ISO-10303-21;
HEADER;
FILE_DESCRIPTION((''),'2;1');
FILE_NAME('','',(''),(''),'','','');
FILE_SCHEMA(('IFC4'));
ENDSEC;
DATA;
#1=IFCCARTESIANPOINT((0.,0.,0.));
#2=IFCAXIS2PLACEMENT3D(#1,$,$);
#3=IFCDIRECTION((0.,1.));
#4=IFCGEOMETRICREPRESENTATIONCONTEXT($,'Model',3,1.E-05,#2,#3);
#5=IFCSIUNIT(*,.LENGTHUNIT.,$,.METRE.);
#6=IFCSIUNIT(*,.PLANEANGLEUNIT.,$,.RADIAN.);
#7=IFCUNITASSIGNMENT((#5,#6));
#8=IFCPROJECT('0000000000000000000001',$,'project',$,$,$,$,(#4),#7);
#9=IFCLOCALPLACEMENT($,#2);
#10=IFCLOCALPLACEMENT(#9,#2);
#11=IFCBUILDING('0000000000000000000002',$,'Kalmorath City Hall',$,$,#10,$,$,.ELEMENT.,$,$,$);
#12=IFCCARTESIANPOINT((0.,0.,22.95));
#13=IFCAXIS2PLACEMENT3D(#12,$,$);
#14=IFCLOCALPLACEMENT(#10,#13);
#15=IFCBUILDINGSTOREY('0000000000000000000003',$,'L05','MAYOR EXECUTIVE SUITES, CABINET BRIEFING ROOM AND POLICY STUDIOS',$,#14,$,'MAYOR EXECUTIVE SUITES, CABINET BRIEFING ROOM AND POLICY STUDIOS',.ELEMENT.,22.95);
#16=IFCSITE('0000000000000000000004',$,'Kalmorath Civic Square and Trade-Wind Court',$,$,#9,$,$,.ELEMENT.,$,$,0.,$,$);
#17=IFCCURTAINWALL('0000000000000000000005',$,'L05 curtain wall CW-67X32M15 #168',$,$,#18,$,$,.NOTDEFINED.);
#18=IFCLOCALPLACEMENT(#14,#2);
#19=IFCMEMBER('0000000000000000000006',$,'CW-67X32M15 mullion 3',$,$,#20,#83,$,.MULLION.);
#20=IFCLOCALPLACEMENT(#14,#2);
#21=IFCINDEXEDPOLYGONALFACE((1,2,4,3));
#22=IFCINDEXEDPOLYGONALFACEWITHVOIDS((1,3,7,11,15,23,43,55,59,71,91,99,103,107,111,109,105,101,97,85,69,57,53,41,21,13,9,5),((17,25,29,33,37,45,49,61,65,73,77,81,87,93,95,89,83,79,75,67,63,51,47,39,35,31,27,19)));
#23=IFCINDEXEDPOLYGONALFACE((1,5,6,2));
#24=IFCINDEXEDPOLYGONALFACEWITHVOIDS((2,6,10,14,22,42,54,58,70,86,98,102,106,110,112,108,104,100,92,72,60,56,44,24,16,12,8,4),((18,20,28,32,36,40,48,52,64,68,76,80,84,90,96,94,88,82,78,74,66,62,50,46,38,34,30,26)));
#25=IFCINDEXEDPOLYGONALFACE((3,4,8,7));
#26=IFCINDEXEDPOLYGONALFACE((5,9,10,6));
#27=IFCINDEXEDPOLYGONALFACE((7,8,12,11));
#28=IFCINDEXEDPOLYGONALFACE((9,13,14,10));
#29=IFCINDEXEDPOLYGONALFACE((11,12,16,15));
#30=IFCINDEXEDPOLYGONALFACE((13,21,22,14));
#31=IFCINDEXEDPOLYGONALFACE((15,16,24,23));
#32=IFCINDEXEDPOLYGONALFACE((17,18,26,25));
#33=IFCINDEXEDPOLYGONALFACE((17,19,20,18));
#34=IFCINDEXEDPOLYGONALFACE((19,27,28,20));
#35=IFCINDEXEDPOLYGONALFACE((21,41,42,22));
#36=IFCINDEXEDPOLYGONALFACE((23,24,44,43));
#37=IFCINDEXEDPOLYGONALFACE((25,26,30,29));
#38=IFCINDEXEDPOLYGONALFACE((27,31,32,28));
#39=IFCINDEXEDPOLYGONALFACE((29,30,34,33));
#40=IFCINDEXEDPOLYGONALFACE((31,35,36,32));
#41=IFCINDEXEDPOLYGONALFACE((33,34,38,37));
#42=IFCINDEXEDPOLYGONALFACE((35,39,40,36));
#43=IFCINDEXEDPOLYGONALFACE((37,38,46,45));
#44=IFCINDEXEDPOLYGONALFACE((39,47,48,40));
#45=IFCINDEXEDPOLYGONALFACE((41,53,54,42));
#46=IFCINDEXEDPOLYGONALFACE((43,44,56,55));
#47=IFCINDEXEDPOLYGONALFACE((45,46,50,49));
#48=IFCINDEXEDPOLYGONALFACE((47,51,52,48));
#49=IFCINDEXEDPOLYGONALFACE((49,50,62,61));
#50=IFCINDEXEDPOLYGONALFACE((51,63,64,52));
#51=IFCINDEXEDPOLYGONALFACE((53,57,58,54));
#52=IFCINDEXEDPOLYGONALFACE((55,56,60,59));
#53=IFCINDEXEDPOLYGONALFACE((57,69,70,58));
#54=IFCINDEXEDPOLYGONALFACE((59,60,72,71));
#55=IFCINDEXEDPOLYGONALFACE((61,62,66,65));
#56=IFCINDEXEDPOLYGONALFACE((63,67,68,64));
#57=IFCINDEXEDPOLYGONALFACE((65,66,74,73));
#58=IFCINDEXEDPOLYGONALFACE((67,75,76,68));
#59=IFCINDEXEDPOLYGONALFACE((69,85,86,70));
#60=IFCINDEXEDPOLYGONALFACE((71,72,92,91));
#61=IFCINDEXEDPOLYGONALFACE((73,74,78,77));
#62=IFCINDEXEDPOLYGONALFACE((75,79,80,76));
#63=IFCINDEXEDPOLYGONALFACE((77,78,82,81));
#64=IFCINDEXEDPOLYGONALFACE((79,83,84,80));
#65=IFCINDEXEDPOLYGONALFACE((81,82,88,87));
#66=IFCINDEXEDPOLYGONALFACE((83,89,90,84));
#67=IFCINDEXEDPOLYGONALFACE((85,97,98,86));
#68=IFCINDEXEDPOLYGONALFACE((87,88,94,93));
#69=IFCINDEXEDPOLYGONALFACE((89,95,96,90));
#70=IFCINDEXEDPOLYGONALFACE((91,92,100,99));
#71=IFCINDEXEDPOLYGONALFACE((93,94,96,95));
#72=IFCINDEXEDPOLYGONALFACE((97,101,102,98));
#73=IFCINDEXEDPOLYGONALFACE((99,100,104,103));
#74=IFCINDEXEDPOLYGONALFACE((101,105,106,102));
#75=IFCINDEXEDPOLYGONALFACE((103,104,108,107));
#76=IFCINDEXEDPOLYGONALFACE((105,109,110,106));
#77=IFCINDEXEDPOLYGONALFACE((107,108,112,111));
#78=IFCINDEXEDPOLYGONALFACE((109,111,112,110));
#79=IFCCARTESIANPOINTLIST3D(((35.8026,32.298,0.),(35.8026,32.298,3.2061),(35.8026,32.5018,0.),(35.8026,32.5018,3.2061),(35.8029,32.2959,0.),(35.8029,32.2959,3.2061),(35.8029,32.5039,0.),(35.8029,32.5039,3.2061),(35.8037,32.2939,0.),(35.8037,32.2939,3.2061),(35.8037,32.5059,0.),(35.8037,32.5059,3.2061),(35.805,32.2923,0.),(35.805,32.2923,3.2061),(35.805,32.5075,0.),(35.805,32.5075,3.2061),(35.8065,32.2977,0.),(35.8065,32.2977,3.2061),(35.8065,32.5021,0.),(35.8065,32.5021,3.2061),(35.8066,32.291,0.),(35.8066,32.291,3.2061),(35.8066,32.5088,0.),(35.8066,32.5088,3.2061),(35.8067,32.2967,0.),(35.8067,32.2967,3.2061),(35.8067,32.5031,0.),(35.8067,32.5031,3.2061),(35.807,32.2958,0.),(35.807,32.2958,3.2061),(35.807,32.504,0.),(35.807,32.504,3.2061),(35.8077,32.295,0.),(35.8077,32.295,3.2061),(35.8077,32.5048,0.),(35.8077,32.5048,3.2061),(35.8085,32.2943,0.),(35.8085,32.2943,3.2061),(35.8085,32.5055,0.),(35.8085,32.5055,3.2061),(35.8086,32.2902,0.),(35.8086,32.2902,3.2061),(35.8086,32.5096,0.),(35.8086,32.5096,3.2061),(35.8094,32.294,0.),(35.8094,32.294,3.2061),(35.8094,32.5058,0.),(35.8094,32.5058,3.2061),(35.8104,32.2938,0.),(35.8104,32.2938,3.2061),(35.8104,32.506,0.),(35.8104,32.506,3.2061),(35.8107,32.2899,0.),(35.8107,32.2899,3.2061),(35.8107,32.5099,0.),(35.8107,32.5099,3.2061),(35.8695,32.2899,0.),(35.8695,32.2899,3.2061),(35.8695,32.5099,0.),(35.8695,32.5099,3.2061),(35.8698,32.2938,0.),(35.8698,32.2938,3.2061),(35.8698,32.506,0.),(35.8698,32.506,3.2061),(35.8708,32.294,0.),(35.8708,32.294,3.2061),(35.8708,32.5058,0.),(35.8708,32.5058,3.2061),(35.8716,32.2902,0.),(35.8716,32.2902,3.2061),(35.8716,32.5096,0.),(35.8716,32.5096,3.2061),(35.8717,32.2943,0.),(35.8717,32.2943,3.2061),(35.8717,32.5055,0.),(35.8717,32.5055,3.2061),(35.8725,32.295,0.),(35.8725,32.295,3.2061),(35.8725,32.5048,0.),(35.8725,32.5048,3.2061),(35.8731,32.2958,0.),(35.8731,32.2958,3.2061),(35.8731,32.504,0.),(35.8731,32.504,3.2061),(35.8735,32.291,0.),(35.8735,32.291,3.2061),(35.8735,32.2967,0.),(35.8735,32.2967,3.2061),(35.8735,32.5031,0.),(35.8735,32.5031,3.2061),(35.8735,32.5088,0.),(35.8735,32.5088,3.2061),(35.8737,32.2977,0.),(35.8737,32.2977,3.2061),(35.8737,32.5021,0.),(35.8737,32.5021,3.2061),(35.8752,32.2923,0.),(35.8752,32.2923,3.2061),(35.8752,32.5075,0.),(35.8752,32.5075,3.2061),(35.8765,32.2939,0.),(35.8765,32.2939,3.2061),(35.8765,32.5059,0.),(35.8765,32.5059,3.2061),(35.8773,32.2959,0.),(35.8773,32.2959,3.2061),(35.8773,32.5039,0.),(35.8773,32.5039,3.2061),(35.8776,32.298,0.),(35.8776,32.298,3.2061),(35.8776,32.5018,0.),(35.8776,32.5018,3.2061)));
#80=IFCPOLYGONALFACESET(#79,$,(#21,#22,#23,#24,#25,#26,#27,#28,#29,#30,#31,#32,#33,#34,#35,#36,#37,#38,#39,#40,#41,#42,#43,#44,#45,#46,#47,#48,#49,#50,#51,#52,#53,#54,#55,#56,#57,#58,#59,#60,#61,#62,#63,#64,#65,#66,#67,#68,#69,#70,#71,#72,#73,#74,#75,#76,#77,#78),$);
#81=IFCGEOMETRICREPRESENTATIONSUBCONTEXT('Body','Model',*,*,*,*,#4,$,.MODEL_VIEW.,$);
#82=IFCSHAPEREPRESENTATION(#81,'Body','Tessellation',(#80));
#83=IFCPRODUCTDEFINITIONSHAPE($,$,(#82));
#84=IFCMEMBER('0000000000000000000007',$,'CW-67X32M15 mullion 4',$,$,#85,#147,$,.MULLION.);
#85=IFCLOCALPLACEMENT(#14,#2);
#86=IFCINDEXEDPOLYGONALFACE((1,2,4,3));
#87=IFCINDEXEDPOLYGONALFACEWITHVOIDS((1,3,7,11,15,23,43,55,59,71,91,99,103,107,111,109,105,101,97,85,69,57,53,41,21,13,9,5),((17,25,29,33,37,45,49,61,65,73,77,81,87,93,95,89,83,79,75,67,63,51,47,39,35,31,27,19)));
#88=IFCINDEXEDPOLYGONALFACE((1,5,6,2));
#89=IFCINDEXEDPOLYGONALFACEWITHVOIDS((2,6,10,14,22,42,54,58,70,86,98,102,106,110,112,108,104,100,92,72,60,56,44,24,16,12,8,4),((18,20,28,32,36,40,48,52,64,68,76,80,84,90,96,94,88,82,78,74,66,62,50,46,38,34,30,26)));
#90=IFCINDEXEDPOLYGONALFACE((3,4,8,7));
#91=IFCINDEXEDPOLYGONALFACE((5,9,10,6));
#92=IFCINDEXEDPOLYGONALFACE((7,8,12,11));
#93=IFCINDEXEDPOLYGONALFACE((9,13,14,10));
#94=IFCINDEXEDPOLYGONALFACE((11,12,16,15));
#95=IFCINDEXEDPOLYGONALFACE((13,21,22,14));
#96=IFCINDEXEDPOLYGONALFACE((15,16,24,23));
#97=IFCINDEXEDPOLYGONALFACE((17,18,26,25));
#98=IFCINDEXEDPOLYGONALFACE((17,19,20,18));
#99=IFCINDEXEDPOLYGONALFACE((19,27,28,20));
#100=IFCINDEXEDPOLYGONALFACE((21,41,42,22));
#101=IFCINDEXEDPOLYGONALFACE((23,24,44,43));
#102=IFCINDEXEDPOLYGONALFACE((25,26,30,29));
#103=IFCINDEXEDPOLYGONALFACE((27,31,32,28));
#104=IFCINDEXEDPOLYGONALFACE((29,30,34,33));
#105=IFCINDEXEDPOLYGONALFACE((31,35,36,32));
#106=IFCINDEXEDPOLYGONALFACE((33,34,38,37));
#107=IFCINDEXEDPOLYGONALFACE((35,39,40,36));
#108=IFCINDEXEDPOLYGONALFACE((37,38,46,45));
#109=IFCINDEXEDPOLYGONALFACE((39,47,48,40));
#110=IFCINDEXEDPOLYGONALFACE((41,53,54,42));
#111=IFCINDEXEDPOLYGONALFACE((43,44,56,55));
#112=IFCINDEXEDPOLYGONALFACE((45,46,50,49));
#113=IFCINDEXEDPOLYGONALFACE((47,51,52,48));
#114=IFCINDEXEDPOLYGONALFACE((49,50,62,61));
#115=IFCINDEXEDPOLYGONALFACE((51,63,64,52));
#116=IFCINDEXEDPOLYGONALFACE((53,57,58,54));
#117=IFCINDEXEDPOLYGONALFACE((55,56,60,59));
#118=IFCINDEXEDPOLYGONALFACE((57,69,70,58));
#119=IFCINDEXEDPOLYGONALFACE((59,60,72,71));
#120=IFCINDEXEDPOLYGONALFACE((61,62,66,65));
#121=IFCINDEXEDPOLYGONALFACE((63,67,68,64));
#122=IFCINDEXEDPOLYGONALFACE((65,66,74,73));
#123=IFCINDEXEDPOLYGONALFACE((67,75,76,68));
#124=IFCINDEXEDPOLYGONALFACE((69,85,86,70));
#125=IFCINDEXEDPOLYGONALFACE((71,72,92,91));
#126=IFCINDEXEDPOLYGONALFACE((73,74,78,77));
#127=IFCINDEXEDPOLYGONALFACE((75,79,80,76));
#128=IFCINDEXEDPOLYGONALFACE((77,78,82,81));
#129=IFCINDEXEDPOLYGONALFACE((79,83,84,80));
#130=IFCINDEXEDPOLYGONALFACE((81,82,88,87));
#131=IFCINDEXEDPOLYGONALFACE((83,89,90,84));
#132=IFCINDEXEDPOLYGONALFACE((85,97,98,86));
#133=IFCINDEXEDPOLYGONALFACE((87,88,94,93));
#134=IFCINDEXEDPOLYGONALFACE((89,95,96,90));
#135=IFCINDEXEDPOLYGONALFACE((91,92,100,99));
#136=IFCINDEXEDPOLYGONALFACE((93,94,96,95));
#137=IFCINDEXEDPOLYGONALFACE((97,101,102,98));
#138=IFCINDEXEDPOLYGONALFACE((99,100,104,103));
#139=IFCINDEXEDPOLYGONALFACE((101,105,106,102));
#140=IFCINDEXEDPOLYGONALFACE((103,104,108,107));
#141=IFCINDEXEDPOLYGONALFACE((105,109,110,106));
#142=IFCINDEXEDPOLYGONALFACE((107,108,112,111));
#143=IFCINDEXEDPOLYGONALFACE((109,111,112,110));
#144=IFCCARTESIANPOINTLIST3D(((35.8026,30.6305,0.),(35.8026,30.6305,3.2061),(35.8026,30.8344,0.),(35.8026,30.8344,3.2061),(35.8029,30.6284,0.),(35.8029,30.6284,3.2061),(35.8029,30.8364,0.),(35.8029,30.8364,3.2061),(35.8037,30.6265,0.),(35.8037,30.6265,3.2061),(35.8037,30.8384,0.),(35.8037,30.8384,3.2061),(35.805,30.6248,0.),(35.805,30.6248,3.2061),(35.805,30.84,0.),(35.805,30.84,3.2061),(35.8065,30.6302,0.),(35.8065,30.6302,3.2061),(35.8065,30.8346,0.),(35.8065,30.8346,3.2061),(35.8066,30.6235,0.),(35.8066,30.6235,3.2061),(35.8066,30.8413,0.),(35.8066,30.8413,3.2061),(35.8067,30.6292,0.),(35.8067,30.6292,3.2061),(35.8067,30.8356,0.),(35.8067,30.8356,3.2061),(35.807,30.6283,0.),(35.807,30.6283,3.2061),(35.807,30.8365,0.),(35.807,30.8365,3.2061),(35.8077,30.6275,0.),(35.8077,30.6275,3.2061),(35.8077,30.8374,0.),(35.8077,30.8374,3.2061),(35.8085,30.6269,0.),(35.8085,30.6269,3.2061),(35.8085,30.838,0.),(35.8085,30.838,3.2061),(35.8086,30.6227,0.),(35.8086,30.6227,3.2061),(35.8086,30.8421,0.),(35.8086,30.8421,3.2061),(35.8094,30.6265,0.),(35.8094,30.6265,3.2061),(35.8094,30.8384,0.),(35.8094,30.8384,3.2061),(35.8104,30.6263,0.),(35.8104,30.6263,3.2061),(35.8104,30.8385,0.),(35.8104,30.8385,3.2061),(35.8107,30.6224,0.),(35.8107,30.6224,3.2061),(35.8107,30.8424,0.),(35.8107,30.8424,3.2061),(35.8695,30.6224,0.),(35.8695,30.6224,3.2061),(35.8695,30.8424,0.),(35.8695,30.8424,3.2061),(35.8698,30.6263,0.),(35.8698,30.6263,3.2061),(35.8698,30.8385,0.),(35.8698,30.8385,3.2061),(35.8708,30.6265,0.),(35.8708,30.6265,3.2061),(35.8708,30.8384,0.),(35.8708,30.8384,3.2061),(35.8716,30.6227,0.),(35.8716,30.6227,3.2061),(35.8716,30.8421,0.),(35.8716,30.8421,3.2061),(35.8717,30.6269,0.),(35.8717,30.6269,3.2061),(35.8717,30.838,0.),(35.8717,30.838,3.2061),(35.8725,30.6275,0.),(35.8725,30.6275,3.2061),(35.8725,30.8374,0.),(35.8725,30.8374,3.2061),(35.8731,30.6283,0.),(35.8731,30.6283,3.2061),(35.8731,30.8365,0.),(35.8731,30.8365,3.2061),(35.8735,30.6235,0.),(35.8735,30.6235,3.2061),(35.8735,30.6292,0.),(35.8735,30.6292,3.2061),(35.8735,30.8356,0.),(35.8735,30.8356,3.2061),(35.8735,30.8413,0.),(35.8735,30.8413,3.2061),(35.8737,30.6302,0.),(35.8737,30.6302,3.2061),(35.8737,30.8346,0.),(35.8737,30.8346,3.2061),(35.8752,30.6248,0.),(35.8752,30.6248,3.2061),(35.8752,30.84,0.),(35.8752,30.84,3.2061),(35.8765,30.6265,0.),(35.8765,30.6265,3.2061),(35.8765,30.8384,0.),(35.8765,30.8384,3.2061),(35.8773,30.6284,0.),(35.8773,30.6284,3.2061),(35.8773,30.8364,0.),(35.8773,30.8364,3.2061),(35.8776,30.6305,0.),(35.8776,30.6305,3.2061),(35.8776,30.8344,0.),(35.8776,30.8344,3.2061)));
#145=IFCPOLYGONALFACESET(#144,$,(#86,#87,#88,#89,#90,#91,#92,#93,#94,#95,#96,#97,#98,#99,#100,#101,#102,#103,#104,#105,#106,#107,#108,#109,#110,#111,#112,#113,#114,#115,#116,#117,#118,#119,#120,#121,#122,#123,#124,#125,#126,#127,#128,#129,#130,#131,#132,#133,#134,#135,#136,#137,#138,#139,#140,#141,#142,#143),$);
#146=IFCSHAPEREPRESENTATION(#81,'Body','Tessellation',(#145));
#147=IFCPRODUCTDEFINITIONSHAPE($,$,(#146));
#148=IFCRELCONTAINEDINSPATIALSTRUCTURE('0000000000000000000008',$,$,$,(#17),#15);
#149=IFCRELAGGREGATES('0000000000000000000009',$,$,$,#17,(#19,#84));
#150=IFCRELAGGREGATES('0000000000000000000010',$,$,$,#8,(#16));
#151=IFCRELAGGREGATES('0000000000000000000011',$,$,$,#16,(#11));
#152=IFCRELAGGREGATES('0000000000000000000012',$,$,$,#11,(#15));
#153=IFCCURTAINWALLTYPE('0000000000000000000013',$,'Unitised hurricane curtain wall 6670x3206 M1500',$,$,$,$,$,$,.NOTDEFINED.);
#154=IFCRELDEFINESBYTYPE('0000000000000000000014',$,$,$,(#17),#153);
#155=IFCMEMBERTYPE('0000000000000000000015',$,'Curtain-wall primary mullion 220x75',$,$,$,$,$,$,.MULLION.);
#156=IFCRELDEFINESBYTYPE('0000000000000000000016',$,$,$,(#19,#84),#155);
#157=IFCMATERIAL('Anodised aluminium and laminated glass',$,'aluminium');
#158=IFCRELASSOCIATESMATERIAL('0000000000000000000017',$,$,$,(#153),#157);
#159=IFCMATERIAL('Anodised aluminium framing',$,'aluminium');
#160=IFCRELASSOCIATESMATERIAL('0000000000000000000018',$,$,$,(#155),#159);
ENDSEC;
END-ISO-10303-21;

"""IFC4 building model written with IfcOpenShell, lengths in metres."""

from ifc_helpers import new_model, si_unit, direction, frame, origin, origin_2d, place, context, subcontext, project, spatial, hollow_rectangle, extrude, material, material_profile, profile_set, type_object, element, aggregate, save


model = new_model("IFC4")

# Units and contexts
model_context = context("Model", 3, precision=1e-05, world=origin(), true_north=direction((0.0, 1.0)))
body_context = subcontext(model_context, "Body", "Model", "MODEL_VIEW")
ifc_project = project(units=[si_unit("LENGTHUNIT", "METRE"), si_unit("PLANEANGLEUNIT", "RADIAN")], contexts=[model_context])

# Site, building, storey
site_placement = place(None, origin())
site = spatial("IfcSite", under=ifc_project, at=site_placement, Name="Kalmorath Civic Square and Trade-Wind Court", CompositionType="ELEMENT", RefElevation=0.0)
building_placement = place(site_placement, origin())
building = spatial("IfcBuilding", under=site, at=building_placement, Name="Kalmorath City Hall", CompositionType="ELEMENT")
storey_placement = place(building_placement, frame((0.0, 0.0, 22.95)))
storey = spatial("IfcBuildingStorey", under=building, at=storey_placement, Name="L05", Description="MAYOR EXECUTIVE SUITES, CABINET BRIEFING ROOM AND POLICY STUDIOS", LongName="MAYOR EXECUTIVE SUITES, CABINET BRIEFING ROOM AND POLICY STUDIOS", CompositionType="ELEMENT", Elevation=22.95)

# Curtain wall, members
ifc_material_1 = material(Name="Anodised aluminium and laminated glass", Category="aluminium")
curtain_wall_type = type_object("IfcCurtainWallType", Name="Unitised hurricane curtain wall 6670x3206 M1500", PredefinedType="NOTDEFINED", material=ifc_material_1)
curtain_wall_placement = place(storey_placement, origin())
curtain_wall = element("IfcCurtainWall", 1, at=curtain_wall_placement, inside=storey, type_object=curtain_wall_type, Name="L05 curtain wall CW-67X32M15 #168", PredefinedType="NOTDEFINED")
ifc_material_2 = material(Name="Anodised aluminium framing", Category="aluminium")
ifc_material_profile_1 = material_profile(ifc_material_2, hollow_rectangle(XDim=0.075, YDim=0.22, WallThickness=0.0039, InnerFilletRadius=0.0039, OuterFilletRadius=0.0081, at=origin_2d()), Name="ALU-MUL-220X75X4")
ifc_profile_set_1 = profile_set([ifc_material_profile_1], Name="Anodised aluminium framing")
member_type_1 = type_object("IfcMemberType", Name="Curtain-wall primary mullion 220x75", PredefinedType="MULLION", material=ifc_profile_set_1)
member_1_placement = place(storey_placement, frame((35.8401, 32.3999, 0.0), z_axis=(0.0, 0.0, 1.0), x_axis=(1.0, 0.0, 0.0)))
member_1 = element("IfcMember", 2, at=member_1_placement, type_object=member_type_1, Name="CW-67X32M15 mullion 3", PredefinedType="MULLION", context=body_context, shape_type="SweptSolid", body=[
    extrude(hollow_rectangle(XDim=0.075, YDim=0.22, WallThickness=0.0039, InnerFilletRadius=0.0039, OuterFilletRadius=0.0081, at=origin_2d()), origin(), (0.0, 0.0, 1.0), 3.2061),
])
member_2_placement = place(storey_placement, frame((35.8401, 30.7324, 0.0), z_axis=(0.0, 0.0, 1.0), x_axis=(1.0, 0.0, 0.0)))
member_2 = element("IfcMember", 3, at=member_2_placement, type_object=member_type_1, Name="CW-67X32M15 mullion 4", PredefinedType="MULLION", context=body_context, shape_type="SweptSolid", body=[
    extrude(hollow_rectangle(XDim=0.075, YDim=0.22, WallThickness=0.0039, InnerFilletRadius=0.0039, OuterFilletRadius=0.0081, at=origin_2d()), origin(), (0.0, 0.0, 1.0), 3.2061),
])
aggregate(curtain_wall, [member_1, member_2])

save(model, "model.ifc")
